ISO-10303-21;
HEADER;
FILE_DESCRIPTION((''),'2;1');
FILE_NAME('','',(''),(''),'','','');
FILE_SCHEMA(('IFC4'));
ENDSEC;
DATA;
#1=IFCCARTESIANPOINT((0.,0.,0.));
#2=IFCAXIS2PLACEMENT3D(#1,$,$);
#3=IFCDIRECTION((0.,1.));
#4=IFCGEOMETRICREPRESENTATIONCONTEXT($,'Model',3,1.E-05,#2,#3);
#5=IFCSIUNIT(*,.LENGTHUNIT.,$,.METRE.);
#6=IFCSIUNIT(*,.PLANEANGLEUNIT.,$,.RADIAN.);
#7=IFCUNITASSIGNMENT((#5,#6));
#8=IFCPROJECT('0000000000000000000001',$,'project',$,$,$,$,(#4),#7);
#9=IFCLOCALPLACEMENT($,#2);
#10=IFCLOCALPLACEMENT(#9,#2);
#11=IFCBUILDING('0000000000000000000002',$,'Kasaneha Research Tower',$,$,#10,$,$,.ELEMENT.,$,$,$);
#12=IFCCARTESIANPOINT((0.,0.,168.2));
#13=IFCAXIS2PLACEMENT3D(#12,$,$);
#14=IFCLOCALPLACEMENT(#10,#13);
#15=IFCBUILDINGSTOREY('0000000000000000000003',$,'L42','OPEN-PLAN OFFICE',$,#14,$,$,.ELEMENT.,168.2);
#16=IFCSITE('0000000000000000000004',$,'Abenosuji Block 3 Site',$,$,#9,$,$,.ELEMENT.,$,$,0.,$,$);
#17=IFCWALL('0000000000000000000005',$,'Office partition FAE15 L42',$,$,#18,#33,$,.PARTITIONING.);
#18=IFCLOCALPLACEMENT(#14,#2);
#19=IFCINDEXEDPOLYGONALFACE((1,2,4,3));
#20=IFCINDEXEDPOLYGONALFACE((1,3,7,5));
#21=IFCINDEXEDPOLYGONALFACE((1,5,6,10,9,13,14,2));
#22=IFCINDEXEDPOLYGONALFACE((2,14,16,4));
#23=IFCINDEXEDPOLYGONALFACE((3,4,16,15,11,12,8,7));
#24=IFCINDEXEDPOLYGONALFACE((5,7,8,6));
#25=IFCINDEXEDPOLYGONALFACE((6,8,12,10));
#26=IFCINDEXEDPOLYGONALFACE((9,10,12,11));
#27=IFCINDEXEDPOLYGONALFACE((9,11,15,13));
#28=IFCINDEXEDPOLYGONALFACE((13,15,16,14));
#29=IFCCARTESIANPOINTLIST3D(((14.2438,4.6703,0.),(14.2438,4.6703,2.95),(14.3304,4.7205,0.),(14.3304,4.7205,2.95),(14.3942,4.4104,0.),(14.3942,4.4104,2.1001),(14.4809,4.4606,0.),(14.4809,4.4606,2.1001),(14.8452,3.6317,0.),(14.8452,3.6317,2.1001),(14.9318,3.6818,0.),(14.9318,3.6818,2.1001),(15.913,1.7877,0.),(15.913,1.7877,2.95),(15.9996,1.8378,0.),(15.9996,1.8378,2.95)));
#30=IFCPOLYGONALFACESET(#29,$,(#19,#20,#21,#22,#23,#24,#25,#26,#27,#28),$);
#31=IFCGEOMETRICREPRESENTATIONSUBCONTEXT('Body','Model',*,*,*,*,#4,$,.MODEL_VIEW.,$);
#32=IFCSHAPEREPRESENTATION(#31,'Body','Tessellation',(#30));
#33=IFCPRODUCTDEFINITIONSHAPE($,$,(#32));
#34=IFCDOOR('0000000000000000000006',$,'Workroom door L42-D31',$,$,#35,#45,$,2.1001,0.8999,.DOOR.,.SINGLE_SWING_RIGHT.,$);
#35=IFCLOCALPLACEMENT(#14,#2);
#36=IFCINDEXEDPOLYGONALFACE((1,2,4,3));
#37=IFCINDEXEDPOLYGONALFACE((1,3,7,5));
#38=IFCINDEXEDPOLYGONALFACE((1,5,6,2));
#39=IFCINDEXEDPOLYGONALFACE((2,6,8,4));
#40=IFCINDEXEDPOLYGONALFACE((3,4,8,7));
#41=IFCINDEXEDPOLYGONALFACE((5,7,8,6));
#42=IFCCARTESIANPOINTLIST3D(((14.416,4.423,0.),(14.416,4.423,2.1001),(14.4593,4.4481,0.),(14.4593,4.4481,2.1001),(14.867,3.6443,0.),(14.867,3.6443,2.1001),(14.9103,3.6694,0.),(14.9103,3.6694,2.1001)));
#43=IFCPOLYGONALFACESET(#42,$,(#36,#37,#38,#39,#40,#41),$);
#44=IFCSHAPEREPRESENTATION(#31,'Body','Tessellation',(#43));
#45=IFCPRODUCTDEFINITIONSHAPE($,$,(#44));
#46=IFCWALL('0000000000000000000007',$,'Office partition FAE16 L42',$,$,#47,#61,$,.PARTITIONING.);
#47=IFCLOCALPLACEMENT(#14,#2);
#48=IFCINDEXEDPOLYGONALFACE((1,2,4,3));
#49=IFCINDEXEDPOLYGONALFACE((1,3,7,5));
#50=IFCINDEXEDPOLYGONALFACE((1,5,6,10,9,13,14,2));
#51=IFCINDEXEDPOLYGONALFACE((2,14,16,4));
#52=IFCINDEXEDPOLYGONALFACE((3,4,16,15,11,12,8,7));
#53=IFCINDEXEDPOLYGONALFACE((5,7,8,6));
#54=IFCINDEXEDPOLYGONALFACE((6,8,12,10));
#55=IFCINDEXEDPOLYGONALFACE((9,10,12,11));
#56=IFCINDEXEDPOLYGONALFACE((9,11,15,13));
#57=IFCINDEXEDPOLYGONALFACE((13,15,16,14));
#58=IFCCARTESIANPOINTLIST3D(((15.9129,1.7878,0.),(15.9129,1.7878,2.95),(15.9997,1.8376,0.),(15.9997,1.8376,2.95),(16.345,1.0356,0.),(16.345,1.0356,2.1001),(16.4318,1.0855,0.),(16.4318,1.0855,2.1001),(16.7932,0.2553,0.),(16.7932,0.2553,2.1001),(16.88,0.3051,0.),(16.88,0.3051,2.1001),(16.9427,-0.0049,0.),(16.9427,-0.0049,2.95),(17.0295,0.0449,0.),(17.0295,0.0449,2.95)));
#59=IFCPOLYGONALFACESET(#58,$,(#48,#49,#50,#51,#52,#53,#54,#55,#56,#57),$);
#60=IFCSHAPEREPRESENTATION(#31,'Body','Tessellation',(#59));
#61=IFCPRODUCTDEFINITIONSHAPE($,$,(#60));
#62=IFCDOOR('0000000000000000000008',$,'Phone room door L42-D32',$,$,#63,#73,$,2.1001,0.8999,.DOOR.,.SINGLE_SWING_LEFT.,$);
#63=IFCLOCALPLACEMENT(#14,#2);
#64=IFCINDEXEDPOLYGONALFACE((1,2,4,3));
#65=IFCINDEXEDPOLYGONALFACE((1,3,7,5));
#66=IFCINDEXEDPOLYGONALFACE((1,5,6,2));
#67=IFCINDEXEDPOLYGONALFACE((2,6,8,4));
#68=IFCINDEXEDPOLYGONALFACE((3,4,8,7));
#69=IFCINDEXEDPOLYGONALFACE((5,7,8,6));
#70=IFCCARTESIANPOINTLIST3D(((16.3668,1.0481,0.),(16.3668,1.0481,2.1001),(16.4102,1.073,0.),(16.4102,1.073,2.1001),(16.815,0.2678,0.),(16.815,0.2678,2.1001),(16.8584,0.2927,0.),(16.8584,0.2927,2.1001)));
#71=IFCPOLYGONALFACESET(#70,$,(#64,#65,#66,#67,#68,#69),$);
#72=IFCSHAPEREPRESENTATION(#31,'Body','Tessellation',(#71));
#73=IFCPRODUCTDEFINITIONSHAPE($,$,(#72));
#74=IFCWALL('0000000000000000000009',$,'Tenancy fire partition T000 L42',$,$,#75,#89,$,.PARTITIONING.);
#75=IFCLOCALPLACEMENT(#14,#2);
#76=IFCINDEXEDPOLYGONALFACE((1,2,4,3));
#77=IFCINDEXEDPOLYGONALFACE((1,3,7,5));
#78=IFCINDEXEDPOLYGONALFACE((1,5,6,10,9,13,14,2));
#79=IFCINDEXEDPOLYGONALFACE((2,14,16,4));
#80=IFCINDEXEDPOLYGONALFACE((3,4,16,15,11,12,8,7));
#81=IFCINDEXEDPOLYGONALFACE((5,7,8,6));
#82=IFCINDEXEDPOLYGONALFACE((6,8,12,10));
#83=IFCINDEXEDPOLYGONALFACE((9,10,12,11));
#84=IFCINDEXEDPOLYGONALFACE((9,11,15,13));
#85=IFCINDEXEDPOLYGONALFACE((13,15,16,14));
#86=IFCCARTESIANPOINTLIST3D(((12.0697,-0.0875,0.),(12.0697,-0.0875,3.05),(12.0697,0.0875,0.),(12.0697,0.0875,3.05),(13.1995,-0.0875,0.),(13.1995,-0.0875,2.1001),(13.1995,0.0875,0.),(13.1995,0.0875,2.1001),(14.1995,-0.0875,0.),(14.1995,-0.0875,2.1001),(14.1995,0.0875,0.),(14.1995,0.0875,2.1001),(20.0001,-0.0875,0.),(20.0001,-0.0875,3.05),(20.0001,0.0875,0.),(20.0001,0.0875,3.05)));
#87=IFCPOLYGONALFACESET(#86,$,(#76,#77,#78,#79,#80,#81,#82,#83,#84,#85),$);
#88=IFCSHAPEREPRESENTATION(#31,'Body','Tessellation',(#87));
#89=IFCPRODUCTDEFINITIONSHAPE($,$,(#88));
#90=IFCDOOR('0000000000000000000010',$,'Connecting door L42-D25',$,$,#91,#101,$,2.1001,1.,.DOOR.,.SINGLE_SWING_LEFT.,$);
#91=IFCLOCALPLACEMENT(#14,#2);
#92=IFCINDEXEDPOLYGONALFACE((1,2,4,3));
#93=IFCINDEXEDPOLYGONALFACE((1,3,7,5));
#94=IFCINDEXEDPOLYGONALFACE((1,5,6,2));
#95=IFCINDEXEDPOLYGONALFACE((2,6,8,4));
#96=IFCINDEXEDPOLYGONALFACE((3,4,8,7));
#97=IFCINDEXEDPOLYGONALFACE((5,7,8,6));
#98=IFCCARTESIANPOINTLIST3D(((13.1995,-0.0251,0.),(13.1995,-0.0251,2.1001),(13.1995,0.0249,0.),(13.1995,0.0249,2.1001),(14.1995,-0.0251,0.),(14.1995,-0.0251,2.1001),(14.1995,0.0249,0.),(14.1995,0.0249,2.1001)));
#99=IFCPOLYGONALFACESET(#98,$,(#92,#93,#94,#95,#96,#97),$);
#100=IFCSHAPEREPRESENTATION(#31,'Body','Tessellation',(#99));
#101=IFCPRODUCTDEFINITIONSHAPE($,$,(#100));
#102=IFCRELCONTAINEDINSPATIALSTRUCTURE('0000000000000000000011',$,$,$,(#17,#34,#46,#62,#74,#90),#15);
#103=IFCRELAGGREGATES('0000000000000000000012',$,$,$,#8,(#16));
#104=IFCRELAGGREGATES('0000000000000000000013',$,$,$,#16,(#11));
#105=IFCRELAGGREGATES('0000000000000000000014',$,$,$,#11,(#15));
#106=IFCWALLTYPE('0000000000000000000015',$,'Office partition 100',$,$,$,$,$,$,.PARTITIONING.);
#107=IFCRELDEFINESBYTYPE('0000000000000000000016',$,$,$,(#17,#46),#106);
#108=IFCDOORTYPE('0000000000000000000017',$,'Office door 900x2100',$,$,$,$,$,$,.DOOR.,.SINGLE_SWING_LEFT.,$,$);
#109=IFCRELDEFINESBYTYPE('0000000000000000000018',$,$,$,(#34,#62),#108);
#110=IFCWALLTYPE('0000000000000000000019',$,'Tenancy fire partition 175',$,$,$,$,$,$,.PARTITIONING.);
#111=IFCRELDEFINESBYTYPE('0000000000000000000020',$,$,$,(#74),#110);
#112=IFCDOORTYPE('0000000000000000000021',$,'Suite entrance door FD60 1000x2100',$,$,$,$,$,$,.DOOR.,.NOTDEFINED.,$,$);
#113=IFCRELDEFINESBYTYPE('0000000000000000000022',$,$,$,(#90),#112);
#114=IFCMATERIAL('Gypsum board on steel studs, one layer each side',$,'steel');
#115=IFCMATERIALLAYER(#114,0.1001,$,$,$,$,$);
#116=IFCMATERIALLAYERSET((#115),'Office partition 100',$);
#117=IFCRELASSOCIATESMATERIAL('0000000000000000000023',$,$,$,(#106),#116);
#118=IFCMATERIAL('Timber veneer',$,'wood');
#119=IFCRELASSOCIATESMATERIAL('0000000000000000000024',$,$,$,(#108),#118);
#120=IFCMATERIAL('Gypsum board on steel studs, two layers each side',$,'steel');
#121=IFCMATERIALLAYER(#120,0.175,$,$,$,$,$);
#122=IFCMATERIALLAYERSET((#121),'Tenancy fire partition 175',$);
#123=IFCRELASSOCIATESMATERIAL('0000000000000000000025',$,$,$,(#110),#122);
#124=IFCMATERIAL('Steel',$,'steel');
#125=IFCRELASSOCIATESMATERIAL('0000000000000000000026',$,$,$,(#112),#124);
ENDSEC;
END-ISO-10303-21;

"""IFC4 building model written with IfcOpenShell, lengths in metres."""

from ifc_helpers import new_model, si_unit, direction, frame, frame_2d, origin, place, context, subcontext, project, spatial, rectangle, extrude, material, layer, layer_set, type_object, element, fill, save


model = new_model("IFC4")

# Units and contexts
model_context = context("Model", 3, precision=1e-05, world=origin(), true_north=direction((0.0, 1.0)))
body_context = subcontext(model_context, "Body", "Model", "MODEL_VIEW")
ifc_project = project(units=[si_unit("LENGTHUNIT", "METRE"), si_unit("PLANEANGLEUNIT", "RADIAN")], contexts=[model_context])

# Site, building, storey
site_placement = place(None, origin())
site = spatial("IfcSite", under=ifc_project, at=site_placement, Name="Abenosuji Block 3 Site", CompositionType="ELEMENT", RefElevation=0.0)
building_placement = place(site_placement, origin())
building = spatial("IfcBuilding", under=site, at=building_placement, Name="Kasaneha Research Tower", CompositionType="ELEMENT")
storey_placement = place(building_placement, frame((0.0, 0.0, 168.2)))
storey = spatial("IfcBuildingStorey", under=building, at=storey_placement, Name="L42", Description="OPEN-PLAN OFFICE", CompositionType="ELEMENT", Elevation=168.2)

# Shared definitions
ifc_material_1 = material(Name="Gypsum board on steel studs, one layer each side", Category="steel")
ifc_layer_1 = layer(ifc_material_1, 0.1001)
ifc_layer_set_1 = layer_set([ifc_layer_1], Name="Office partition 100")
wall_type_1 = type_object("IfcWallType", Name="Office partition 100", PredefinedType="PARTITIONING", material=ifc_layer_set_1)

# Walls, openings, doors
wall_1_placement = place(storey_placement, frame((15.9563, 1.8127, 0.0), z_axis=(0.0, 0.0, 1.0), x_axis=(-0.501111, 0.865383, 0.0)))
wall_1 = element("IfcWall", 1, at=wall_1_placement, inside=storey, type_object=wall_type_1, Name="Office partition FAE15 L42", PredefinedType="PARTITIONING", context=body_context, shape_type="SweptSolid", body=[
    extrude(rectangle(XDim=3.3311, YDim=0.1001, at=frame_2d((1.6655, 0.0))), origin(), (0.0, 0.0, 1.0), 2.95),
])
opening_1_placement = place(wall_1_placement, frame((2.1309, 0.0, 0.0)))
opening_1 = element("IfcOpeningElement", 2, at=opening_1_placement, cuts=wall_1, PredefinedType="OPENING", context=body_context, shape_type="SweptSolid", body=[
    extrude(rectangle(XDim=0.8999, YDim=2.1001, at=frame_2d((0.45, 1.05))), frame((0.0, 0.0601, 0.0), z_axis=(0.0, -1.0, 0.0), x_axis=(1.0, 0.0, 0.0)), (0.0, 0.0, 1.0), 0.1201),
])
ifc_material_2 = material(Name="Timber veneer", Category="wood")
door_type_1 = type_object("IfcDoorType", Name="Office door 900x2100", OperationType="SINGLE_SWING_LEFT", PredefinedType="DOOR", material=ifc_material_2)
door_1_placement = place(opening_1_placement, origin())
door_1 = element("IfcDoor", 3, at=door_1_placement, inside=storey, type_object=door_type_1, Name="Workroom door L42-D31", OperationType="SINGLE_SWING_RIGHT", OverallHeight=2.1001, OverallWidth=0.8999, PredefinedType="DOOR", context=body_context, shape_type="SweptSolid", body=[
    extrude(rectangle(XDim=0.8999, YDim=2.1001, at=frame_2d((0.45, 1.05))), frame((0.0, 0.0249, 0.0), z_axis=(0.0, -1.0, 0.0), x_axis=(1.0, 0.0, 0.0)), (0.0, 0.0, 1.0), 0.05),
])
fill(opening_1, door_1)
wall_2_placement = place(storey_placement, frame((16.9861, 0.02, 0.0), z_axis=(0.0, 0.0, 1.0), x_axis=(-0.498096, 0.867122, 0.0)))
wall_2 = element("IfcWall", 4, at=wall_2_placement, inside=storey, type_object=wall_type_1, Name="Office partition FAE16 L42", PredefinedType="PARTITIONING", context=body_context, shape_type="SweptSolid", body=[
    extrude(rectangle(XDim=2.0674, YDim=0.1001, at=frame_2d((1.0337, 0.0))), origin(), (0.0, 0.0, 1.0), 2.95),
])
opening_2_placement = place(wall_2_placement, frame((0.3, 0.0, 0.0)))
opening_2 = element("IfcOpeningElement", 5, at=opening_2_placement, cuts=wall_2, PredefinedType="OPENING", context=body_context, shape_type="SweptSolid", body=[
    extrude(rectangle(XDim=0.8999, YDim=2.1001, at=frame_2d((0.45, 1.05))), frame((0.0, 0.0601, 0.0), z_axis=(0.0, -1.0, 0.0), x_axis=(1.0, 0.0, 0.0)), (0.0, 0.0, 1.0), 0.1201),
])
door_2_placement = place(opening_2_placement, origin())
door_2 = element("IfcDoor", 6, at=door_2_placement, inside=storey, type_object=door_type_1, Name="Phone room door L42-D32", OperationType="SINGLE_SWING_LEFT", OverallHeight=2.1001, OverallWidth=0.8999, PredefinedType="DOOR", context=body_context, shape_type="SweptSolid", body=[
    extrude(rectangle(XDim=0.8999, YDim=2.1001, at=frame_2d((0.45, 1.05))), frame((0.0, 0.0249, 0.0), z_axis=(0.0, -1.0, 0.0), x_axis=(1.0, 0.0, 0.0)), (0.0, 0.0, 1.0), 0.05),
])
fill(opening_2, door_2)
ifc_material_3 = material(Name="Gypsum board on steel studs, two layers each side", Category="steel")
ifc_layer_2 = layer(ifc_material_3, 0.175)
ifc_layer_set_2 = layer_set([ifc_layer_2], Name="Tenancy fire partition 175")
wall_type_2 = type_object("IfcWallType", Name="Tenancy fire partition 175", PredefinedType="PARTITIONING", material=ifc_layer_set_2)
wall_3_placement = place(storey_placement, frame((12.0696, 0.0, 0.0), z_axis=(0.0, 0.0, 1.0), x_axis=(1.0, 0.0, 0.0)))
wall_3 = element("IfcWall", 7, at=wall_3_placement, inside=storey, type_object=wall_type_2, Name="Tenancy fire partition T000 L42", PredefinedType="PARTITIONING", context=body_context, shape_type="SweptSolid", body=[
    extrude(rectangle(XDim=7.9304, YDim=0.175, at=frame_2d((3.9653, 0.0))), origin(), (0.0, 0.0, 1.0), 3.05),
])
opening_3_placement = place(wall_3_placement, frame((1.1299, 0.0, 0.0)))
opening_3 = element("IfcOpeningElement", 8, at=opening_3_placement, cuts=wall_3, PredefinedType="OPENING", context=body_context, shape_type="SweptSolid", body=[
    extrude(rectangle(XDim=1.0, YDim=2.1001, at=frame_2d((0.5, 1.05))), frame((0.0, 0.0977, 0.0), z_axis=(0.0, -1.0, 0.0), x_axis=(1.0, 0.0, 0.0)), (0.0, 0.0, 1.0), 0.1951),
])
ifc_material_4 = material(Name="Steel", Category="steel")
door_type_2 = type_object("IfcDoorType", Name="Suite entrance door FD60 1000x2100", OperationType="NOTDEFINED", PredefinedType="DOOR", material=ifc_material_4)
door_3_placement = place(opening_3_placement, origin())
door_3 = element("IfcDoor", 9, at=door_3_placement, inside=storey, type_object=door_type_2, Name="Connecting door L42-D25", OperationType="SINGLE_SWING_LEFT", OverallHeight=2.1001, OverallWidth=1.0, PredefinedType="DOOR", context=body_context, shape_type="SweptSolid", body=[
    extrude(rectangle(XDim=1.0, YDim=2.1001, at=frame_2d((0.5, 1.05))), frame((0.0, 0.0249, 0.0), z_axis=(0.0, -1.0, 0.0), x_axis=(1.0, 0.0, 0.0)), (0.0, 0.0, 1.0), 0.05),
])
fill(opening_3, door_3)

save(model, "model.ifc")
